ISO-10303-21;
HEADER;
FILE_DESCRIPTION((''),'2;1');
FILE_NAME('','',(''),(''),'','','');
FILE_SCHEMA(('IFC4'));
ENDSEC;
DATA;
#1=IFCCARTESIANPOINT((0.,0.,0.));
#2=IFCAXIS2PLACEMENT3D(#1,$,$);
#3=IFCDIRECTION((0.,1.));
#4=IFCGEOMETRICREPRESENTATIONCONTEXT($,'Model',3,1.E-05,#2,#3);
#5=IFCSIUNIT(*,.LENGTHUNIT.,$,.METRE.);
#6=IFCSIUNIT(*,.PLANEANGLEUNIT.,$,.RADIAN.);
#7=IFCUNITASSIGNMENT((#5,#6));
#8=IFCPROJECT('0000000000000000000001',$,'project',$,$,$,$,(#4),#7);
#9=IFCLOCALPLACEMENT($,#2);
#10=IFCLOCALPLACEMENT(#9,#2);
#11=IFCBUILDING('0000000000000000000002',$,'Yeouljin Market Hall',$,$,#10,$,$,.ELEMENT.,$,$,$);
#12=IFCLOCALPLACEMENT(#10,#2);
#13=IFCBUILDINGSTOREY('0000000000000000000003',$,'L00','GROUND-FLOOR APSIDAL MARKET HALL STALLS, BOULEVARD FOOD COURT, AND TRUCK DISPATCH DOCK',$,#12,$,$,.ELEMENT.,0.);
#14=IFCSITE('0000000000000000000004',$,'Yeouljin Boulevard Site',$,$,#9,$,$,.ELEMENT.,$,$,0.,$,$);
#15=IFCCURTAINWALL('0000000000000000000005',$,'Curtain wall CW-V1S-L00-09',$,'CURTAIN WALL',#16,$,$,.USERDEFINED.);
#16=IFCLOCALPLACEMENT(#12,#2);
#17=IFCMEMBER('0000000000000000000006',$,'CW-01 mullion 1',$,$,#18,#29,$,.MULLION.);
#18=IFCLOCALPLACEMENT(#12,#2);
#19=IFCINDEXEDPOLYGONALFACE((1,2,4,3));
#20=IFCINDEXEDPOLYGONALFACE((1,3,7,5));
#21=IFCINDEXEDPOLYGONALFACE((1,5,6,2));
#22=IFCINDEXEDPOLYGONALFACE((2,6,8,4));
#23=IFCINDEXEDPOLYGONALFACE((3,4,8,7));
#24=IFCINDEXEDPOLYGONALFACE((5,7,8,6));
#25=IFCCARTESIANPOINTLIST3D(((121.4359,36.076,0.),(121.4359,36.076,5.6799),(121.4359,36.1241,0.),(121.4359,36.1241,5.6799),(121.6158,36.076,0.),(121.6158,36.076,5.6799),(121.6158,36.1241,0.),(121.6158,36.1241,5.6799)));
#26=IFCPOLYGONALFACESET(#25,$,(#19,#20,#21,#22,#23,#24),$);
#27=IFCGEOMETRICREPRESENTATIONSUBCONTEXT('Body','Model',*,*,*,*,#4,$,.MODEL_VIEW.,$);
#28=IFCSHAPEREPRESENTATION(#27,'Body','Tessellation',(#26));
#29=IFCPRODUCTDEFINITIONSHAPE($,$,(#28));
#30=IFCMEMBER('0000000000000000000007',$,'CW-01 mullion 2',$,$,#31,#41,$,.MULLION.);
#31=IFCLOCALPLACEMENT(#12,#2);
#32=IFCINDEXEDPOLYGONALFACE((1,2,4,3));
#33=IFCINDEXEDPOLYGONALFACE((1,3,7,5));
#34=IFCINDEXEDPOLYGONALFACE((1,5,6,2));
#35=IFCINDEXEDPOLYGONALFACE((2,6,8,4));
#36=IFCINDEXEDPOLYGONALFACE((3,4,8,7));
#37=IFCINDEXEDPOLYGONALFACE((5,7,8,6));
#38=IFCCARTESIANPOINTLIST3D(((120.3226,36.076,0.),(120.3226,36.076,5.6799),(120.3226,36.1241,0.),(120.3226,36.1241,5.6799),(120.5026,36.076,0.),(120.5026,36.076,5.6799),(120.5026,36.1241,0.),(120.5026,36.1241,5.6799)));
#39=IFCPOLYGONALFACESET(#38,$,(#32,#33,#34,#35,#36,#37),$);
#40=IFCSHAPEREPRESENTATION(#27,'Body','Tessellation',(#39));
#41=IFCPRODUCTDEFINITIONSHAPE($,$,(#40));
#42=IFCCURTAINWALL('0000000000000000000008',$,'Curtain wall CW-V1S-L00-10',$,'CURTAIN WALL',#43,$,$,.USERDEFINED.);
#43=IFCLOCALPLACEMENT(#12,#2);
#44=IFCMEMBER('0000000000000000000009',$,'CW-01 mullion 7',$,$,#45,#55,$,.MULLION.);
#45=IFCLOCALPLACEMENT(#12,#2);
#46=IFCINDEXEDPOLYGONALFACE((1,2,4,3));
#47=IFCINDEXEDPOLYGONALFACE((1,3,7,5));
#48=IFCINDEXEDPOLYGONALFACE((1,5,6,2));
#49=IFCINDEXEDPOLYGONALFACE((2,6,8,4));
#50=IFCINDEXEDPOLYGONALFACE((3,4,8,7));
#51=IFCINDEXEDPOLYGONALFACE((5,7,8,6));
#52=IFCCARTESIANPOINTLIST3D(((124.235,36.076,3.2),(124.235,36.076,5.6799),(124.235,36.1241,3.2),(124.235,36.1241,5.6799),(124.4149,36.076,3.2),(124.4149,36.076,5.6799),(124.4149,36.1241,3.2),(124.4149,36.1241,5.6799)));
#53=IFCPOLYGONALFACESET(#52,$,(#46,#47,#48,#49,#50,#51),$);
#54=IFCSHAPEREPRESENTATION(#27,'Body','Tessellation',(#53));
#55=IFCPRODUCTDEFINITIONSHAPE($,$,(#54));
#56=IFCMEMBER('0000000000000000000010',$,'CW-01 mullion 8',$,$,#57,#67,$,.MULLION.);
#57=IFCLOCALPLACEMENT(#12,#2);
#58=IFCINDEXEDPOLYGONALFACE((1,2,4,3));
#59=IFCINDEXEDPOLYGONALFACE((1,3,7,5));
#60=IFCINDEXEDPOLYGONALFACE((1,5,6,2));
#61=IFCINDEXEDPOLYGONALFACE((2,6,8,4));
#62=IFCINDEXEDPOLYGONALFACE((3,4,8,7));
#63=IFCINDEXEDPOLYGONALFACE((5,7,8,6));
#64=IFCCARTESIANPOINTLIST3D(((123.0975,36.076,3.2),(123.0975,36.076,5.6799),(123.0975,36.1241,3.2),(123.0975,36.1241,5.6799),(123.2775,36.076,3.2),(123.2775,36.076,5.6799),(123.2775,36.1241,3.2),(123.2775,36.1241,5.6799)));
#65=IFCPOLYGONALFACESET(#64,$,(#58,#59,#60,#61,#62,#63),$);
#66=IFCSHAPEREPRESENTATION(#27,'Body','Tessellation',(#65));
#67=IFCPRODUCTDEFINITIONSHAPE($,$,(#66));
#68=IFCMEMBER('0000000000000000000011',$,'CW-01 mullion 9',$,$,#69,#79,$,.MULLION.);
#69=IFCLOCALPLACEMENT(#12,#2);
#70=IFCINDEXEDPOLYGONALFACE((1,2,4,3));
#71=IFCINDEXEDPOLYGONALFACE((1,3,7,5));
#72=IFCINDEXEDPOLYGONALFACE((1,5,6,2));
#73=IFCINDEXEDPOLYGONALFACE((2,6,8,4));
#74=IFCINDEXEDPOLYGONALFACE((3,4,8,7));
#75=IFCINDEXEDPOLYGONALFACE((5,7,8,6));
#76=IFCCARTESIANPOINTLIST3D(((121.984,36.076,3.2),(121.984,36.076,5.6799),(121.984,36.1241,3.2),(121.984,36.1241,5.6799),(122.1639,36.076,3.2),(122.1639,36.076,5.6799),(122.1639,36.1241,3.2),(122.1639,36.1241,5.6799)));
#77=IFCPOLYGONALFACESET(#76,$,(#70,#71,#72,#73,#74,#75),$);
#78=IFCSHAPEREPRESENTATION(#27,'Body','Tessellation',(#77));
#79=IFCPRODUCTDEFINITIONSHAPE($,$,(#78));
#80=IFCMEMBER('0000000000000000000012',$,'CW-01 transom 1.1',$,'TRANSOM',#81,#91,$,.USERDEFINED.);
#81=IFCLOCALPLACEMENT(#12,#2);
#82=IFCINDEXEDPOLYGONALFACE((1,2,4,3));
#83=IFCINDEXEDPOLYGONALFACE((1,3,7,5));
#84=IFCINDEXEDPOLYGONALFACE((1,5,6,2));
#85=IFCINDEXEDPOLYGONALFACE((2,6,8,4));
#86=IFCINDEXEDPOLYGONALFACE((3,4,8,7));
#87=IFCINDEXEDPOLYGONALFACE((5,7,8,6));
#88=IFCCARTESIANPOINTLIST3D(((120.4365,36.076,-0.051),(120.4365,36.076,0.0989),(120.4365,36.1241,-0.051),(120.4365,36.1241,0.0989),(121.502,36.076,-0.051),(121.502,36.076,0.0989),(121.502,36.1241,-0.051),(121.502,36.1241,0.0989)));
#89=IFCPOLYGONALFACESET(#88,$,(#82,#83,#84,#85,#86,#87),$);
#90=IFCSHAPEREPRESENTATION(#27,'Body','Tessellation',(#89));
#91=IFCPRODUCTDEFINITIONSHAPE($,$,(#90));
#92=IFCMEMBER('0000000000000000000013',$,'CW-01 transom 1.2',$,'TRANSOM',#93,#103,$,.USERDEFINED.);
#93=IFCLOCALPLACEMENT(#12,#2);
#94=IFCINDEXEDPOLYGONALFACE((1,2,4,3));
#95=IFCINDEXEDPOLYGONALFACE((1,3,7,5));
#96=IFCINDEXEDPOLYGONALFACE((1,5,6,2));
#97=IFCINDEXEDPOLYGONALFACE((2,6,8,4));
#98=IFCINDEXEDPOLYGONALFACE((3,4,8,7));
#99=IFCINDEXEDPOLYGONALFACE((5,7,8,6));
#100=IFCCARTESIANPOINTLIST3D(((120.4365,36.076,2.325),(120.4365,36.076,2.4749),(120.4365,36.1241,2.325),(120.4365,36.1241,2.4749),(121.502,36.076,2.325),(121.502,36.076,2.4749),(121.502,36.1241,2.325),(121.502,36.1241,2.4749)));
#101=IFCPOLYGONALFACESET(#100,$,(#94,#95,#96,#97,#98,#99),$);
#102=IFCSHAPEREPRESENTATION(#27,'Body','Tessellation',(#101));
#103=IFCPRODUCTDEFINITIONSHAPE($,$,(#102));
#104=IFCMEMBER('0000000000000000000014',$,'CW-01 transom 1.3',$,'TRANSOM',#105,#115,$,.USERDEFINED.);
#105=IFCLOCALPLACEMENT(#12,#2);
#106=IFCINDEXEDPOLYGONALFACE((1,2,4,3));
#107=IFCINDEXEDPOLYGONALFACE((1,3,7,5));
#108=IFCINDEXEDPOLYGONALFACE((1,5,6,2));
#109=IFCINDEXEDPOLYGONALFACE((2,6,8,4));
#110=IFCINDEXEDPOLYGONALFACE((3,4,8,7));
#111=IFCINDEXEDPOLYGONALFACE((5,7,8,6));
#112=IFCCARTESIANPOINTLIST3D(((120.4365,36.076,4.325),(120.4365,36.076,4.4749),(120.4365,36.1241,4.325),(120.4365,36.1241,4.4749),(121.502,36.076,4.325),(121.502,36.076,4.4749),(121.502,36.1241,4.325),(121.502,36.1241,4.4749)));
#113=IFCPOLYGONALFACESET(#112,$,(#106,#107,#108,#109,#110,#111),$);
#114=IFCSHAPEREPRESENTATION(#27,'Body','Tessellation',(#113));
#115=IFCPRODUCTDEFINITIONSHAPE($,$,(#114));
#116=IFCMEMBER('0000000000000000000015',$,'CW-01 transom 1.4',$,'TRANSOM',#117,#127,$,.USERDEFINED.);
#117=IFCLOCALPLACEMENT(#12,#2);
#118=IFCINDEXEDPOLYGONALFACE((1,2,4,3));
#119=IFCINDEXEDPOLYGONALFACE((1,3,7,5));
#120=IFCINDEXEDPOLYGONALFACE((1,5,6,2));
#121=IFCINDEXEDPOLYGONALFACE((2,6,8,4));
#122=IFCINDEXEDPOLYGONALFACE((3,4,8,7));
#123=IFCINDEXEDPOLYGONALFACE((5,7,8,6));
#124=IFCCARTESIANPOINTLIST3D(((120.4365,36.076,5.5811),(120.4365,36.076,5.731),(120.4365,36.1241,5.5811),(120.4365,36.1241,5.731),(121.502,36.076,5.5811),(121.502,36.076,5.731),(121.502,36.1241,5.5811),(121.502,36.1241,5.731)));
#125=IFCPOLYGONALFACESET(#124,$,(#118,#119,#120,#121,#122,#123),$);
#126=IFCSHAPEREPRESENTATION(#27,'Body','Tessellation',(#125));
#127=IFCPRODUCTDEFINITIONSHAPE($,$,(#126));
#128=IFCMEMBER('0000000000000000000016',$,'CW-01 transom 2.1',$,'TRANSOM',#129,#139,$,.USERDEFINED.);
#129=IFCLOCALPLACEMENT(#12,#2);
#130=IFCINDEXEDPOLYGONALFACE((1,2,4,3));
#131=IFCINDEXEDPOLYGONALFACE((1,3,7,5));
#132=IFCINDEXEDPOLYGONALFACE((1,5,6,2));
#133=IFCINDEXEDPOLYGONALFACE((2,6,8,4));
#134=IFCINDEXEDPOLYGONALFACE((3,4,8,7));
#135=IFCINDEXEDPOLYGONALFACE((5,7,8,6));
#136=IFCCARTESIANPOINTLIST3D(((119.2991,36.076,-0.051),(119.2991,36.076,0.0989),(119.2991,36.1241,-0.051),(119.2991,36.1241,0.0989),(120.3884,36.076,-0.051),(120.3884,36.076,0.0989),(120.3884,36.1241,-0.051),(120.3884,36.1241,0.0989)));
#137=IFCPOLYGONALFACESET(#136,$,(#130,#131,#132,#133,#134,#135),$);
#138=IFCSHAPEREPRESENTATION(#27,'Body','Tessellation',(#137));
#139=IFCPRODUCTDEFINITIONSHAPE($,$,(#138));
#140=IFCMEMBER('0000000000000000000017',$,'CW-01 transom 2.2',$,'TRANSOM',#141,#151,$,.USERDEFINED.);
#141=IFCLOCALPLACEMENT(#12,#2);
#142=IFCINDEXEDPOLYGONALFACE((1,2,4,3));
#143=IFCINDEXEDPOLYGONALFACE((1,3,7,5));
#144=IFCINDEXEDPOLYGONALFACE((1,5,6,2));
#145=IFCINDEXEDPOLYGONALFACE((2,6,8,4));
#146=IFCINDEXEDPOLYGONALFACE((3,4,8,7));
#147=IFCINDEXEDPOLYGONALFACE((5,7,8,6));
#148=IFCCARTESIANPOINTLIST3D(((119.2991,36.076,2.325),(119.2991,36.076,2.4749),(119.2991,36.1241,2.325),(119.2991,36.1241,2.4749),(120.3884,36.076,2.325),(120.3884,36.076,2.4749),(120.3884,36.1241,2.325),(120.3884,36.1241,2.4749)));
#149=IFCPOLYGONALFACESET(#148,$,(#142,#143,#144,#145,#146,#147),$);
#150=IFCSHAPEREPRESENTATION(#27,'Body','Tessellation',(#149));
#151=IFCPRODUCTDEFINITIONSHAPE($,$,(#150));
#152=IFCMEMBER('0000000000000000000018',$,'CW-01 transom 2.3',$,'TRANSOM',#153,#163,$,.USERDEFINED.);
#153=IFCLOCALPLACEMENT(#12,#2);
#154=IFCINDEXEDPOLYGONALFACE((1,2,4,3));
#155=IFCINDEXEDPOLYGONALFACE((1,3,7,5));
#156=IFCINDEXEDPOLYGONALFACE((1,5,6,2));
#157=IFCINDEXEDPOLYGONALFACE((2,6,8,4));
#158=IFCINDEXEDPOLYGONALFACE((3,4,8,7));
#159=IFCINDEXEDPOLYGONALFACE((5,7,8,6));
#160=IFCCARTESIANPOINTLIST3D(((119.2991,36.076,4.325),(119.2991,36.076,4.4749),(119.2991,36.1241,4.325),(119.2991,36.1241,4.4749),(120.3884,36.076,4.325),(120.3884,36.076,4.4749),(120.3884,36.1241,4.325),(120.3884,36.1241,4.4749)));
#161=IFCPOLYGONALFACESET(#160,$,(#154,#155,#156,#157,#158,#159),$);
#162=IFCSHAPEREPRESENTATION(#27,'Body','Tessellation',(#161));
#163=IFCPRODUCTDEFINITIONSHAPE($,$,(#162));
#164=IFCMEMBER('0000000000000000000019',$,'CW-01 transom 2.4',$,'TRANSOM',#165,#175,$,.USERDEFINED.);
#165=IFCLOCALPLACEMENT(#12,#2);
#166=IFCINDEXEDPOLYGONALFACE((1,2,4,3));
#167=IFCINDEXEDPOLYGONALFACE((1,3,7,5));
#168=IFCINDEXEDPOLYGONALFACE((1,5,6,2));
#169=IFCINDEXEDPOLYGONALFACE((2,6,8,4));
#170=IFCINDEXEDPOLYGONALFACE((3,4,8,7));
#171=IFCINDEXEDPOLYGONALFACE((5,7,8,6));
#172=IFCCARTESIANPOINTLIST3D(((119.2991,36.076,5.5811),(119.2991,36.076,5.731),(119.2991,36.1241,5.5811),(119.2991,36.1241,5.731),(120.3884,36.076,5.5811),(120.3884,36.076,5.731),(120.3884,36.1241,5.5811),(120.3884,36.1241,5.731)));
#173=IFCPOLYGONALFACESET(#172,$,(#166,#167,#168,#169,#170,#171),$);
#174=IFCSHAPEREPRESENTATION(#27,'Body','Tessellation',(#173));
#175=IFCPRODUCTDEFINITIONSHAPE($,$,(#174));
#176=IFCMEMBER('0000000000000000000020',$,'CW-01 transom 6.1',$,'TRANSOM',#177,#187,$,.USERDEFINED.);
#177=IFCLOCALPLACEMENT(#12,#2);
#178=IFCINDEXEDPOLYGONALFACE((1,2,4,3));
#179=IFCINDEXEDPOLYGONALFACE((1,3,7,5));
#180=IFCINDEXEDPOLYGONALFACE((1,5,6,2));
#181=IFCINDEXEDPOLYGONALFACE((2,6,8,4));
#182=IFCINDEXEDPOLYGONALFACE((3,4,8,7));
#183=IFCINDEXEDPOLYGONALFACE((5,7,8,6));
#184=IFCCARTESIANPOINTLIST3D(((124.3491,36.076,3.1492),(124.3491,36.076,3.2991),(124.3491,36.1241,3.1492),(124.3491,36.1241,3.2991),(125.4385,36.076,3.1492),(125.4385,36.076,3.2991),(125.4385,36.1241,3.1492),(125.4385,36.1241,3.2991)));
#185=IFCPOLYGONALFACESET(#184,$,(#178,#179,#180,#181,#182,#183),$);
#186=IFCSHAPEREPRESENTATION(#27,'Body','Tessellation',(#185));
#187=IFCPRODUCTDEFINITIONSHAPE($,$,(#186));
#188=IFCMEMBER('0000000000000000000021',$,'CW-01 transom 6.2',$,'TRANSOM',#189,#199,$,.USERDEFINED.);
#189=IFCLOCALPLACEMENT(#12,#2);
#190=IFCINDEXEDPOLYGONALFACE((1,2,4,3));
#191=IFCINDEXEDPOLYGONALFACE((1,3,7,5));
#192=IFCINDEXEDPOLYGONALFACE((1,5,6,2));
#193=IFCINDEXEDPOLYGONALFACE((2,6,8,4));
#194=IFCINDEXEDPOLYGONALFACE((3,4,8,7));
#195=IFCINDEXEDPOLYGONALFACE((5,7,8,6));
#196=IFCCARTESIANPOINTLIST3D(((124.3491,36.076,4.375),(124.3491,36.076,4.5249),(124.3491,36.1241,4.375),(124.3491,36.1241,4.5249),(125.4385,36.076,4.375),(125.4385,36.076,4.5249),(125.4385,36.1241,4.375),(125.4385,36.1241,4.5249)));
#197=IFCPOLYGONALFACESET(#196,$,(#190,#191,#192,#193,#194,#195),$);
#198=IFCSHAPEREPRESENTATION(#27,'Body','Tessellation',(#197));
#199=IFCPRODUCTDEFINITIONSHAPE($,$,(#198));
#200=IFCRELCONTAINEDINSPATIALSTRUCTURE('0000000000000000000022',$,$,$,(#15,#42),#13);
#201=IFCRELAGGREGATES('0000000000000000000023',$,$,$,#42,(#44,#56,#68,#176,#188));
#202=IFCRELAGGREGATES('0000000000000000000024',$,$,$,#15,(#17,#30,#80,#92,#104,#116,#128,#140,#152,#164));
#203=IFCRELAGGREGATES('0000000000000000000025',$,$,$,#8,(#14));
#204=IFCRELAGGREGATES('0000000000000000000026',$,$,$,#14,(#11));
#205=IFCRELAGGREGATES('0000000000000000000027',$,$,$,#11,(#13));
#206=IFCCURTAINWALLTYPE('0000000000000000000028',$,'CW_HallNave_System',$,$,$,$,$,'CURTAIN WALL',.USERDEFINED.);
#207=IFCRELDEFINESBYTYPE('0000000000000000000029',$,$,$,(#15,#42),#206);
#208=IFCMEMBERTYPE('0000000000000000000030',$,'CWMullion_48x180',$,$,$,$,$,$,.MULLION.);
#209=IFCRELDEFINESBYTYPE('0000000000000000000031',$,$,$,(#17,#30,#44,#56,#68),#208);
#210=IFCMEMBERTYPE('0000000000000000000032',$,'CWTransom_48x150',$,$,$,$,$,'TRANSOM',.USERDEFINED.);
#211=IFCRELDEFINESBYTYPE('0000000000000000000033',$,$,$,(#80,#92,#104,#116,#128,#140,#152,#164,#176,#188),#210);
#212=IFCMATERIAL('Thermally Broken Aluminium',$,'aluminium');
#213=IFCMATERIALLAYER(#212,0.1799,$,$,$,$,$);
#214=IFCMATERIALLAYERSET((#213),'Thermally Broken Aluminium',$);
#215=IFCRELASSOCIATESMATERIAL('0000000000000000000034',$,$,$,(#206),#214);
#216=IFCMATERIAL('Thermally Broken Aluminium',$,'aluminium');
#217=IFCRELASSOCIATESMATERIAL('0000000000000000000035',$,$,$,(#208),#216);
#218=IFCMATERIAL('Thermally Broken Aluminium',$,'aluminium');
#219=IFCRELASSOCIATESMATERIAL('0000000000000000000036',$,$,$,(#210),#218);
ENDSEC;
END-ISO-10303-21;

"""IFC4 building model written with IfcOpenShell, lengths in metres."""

from ifc_helpers import new_model, si_unit, direction, frame, origin, origin_2d, place, context, subcontext, project, spatial, rectangle, extrude, material, layer, layer_set, material_profile, profile_set, type_object, element, aggregate, save


model = new_model("IFC4")

# Units and contexts
model_context = context("Model", 3, precision=1e-05, world=origin(), true_north=direction((0.0, 1.0)))
body_context = subcontext(model_context, "Body", "Model", "MODEL_VIEW")
ifc_project = project(units=[si_unit("LENGTHUNIT", "METRE"), si_unit("PLANEANGLEUNIT", "RADIAN")], contexts=[model_context])

# Site, building, storey
site_placement = place(None, origin())
site = spatial("IfcSite", under=ifc_project, at=site_placement, Name="Yeouljin Boulevard Site", CompositionType="ELEMENT", RefElevation=0.0)
building_placement = place(site_placement, origin())
building = spatial("IfcBuilding", under=site, at=building_placement, Name="Yeouljin Market Hall", CompositionType="ELEMENT")
storey_placement = place(building_placement, origin())
storey = spatial("IfcBuildingStorey", under=building, at=storey_placement, Name="L00", Description="GROUND-FLOOR APSIDAL MARKET HALL STALLS, BOULEVARD FOOD COURT, AND TRUCK DISPATCH DOCK", CompositionType="ELEMENT", Elevation=0.0)

# Curtain walls, members
ifc_material_1 = material(Name="Thermally Broken Aluminium", Category="aluminium")
ifc_layer_1 = layer(ifc_material_1, 0.1799)
ifc_layer_set_1 = layer_set([ifc_layer_1], Name="Thermally Broken Aluminium")
curtain_wall_type = type_object("IfcCurtainWallType", Name="CW_HallNave_System", ElementType="CURTAIN WALL", PredefinedType="USERDEFINED", material=ifc_layer_set_1)
curtain_wall_1_placement = place(storey_placement, origin())
curtain_wall_1 = element("IfcCurtainWall", 1, at=curtain_wall_1_placement, inside=storey, type_object=curtain_wall_type, Name="Curtain wall CW-V1S-L00-09", ObjectType="CURTAIN WALL", PredefinedType="USERDEFINED")
ifc_material_2 = material(Name="Thermally Broken Aluminium", Category="aluminium")
ifc_material_profile_1 = material_profile(ifc_material_2, rectangle(XDim=0.0481, YDim=0.1799, at=origin_2d()), Name="CW-MULL-48x180")
ifc_profile_set_1 = profile_set([ifc_material_profile_1], Name="Thermally Broken Aluminium")
member_type_1 = type_object("IfcMemberType", Name="CWMullion_48x180", PredefinedType="MULLION", material=ifc_profile_set_1)
member_1_placement = place(storey_placement, frame((121.5259, 36.1001, 0.0), z_axis=(0.0, 0.0, 1.0), x_axis=(0.0, -1.0, 0.0)))
member_1 = element("IfcMember", 2, at=member_1_placement, type_object=member_type_1, Name="CW-01 mullion 1", PredefinedType="MULLION", context=body_context, shape_type="SweptSolid", body=[
    extrude(rectangle(XDim=0.0481, YDim=0.1799, at=origin_2d()), origin(), (0.0, 0.0, 1.0), 5.6799),
])
member_2_placement = place(storey_placement, frame((120.4126, 36.1001, 0.0), z_axis=(0.0, 0.0, 1.0), x_axis=(0.0, -1.0, 0.0)))
member_2 = element("IfcMember", 3, at=member_2_placement, type_object=member_type_1, Name="CW-01 mullion 2", PredefinedType="MULLION", context=body_context, shape_type="SweptSolid", body=[
    extrude(rectangle(XDim=0.0481, YDim=0.1799, at=origin_2d()), origin(), (0.0, 0.0, 1.0), 5.6799),
])
curtain_wall_2_placement = place(storey_placement, origin())
curtain_wall_2 = element("IfcCurtainWall", 4, at=curtain_wall_2_placement, inside=storey, type_object=curtain_wall_type, Name="Curtain wall CW-V1S-L00-10", ObjectType="CURTAIN WALL", PredefinedType="USERDEFINED")
member_3_placement = place(storey_placement, frame((124.325, 36.1001, 3.2), z_axis=(0.0, 0.0, 1.0), x_axis=(0.0, -1.0, 0.0)))
member_3 = element("IfcMember", 5, at=member_3_placement, type_object=member_type_1, Name="CW-01 mullion 7", PredefinedType="MULLION", context=body_context, shape_type="SweptSolid", body=[
    extrude(rectangle(XDim=0.0481, YDim=0.1799, at=origin_2d()), origin(), (0.0, 0.0, 1.0), 2.48),
])
member_4_placement = place(storey_placement, frame((123.1875, 36.1001, 3.2), z_axis=(0.0, 0.0, 1.0), x_axis=(0.0, -1.0, 0.0)))
member_4 = element("IfcMember", 6, at=member_4_placement, type_object=member_type_1, Name="CW-01 mullion 8", PredefinedType="MULLION", context=body_context, shape_type="SweptSolid", body=[
    extrude(rectangle(XDim=0.0481, YDim=0.1799, at=origin_2d()), origin(), (0.0, 0.0, 1.0), 2.48),
])
member_5_placement = place(storey_placement, frame((122.074, 36.1001, 3.2), z_axis=(0.0, 0.0, 1.0), x_axis=(0.0, -1.0, 0.0)))
member_5 = element("IfcMember", 7, at=member_5_placement, type_object=member_type_1, Name="CW-01 mullion 9", PredefinedType="MULLION", context=body_context, shape_type="SweptSolid", body=[
    extrude(rectangle(XDim=0.0481, YDim=0.1799, at=origin_2d()), origin(), (0.0, 0.0, 1.0), 2.48),
])

# Members
ifc_material_3 = material(Name="Thermally Broken Aluminium", Category="aluminium")
ifc_material_profile_2 = material_profile(ifc_material_3, rectangle(XDim=0.0481, YDim=0.1499, at=origin_2d()), Name="CW-TRAN-48x150")
ifc_profile_set_2 = profile_set([ifc_material_profile_2], Name="Thermally Broken Aluminium")
member_type_2 = type_object("IfcMemberType", Name="CWTransom_48x150", ElementType="TRANSOM", PredefinedType="USERDEFINED", material=ifc_profile_set_2)
member_6_placement = place(storey_placement, frame((121.502, 36.1001, 0.0239), z_axis=(-1.0, 0.0, 0.0), x_axis=(0.0, -1.0, 0.0)))
member_6 = element("IfcMember", 8, at=member_6_placement, type_object=member_type_2, Name="CW-01 transom 1.1", ObjectType="TRANSOM", PredefinedType="USERDEFINED", context=body_context, shape_type="SweptSolid", body=[
    extrude(rectangle(XDim=0.0481, YDim=0.1499, at=origin_2d()), origin(), (0.0, 0.0, 1.0), 1.0654),
])
member_7_placement = place(storey_placement, frame((121.502, 36.1001, 2.3999), z_axis=(-1.0, 0.0, 0.0), x_axis=(0.0, -1.0, 0.0)))
member_7 = element("IfcMember", 9, at=member_7_placement, type_object=member_type_2, Name="CW-01 transom 1.2", ObjectType="TRANSOM", PredefinedType="USERDEFINED", context=body_context, shape_type="SweptSolid", body=[
    extrude(rectangle(XDim=0.0481, YDim=0.1499, at=origin_2d()), origin(), (0.0, 0.0, 1.0), 1.0654),
])
member_8_placement = place(storey_placement, frame((121.502, 36.1001, 4.3999), z_axis=(-1.0, 0.0, 0.0), x_axis=(0.0, -1.0, 0.0)))
member_8 = element("IfcMember", 10, at=member_8_placement, type_object=member_type_2, Name="CW-01 transom 1.3", ObjectType="TRANSOM", PredefinedType="USERDEFINED", context=body_context, shape_type="SweptSolid", body=[
    extrude(rectangle(XDim=0.0481, YDim=0.1499, at=origin_2d()), origin(), (0.0, 0.0, 1.0), 1.0654),
])
member_9_placement = place(storey_placement, frame((121.502, 36.1001, 5.656), z_axis=(-1.0, 0.0, 0.0), x_axis=(0.0, -1.0, 0.0)))
member_9 = element("IfcMember", 11, at=member_9_placement, type_object=member_type_2, Name="CW-01 transom 1.4", ObjectType="TRANSOM", PredefinedType="USERDEFINED", context=body_context, shape_type="SweptSolid", body=[
    extrude(rectangle(XDim=0.0481, YDim=0.1499, at=origin_2d()), origin(), (0.0, 0.0, 1.0), 1.0654),
])
member_10_placement = place(storey_placement, frame((120.3884, 36.1001, 0.0239), z_axis=(-1.0, 0.0, 0.0), x_axis=(0.0, -1.0, 0.0)))
member_10 = element("IfcMember", 12, at=member_10_placement, type_object=member_type_2, Name="CW-01 transom 2.1", ObjectType="TRANSOM", PredefinedType="USERDEFINED", context=body_context, shape_type="SweptSolid", body=[
    extrude(rectangle(XDim=0.0481, YDim=0.1499, at=origin_2d()), origin(), (0.0, 0.0, 1.0), 1.0894),
])
member_11_placement = place(storey_placement, frame((120.3884, 36.1001, 2.3999), z_axis=(-1.0, 0.0, 0.0), x_axis=(0.0, -1.0, 0.0)))
member_11 = element("IfcMember", 13, at=member_11_placement, type_object=member_type_2, Name="CW-01 transom 2.2", ObjectType="TRANSOM", PredefinedType="USERDEFINED", context=body_context, shape_type="SweptSolid", body=[
    extrude(rectangle(XDim=0.0481, YDim=0.1499, at=origin_2d()), origin(), (0.0, 0.0, 1.0), 1.0894),
])
member_12_placement = place(storey_placement, frame((120.3884, 36.1001, 4.3999), z_axis=(-1.0, 0.0, 0.0), x_axis=(0.0, -1.0, 0.0)))
member_12 = element("IfcMember", 14, at=member_12_placement, type_object=member_type_2, Name="CW-01 transom 2.3", ObjectType="TRANSOM", PredefinedType="USERDEFINED", context=body_context, shape_type="SweptSolid", body=[
    extrude(rectangle(XDim=0.0481, YDim=0.1499, at=origin_2d()), origin(), (0.0, 0.0, 1.0), 1.0894),
])
member_13_placement = place(storey_placement, frame((120.3884, 36.1001, 5.656), z_axis=(-1.0, 0.0, 0.0), x_axis=(0.0, -1.0, 0.0)))
member_13 = element("IfcMember", 15, at=member_13_placement, type_object=member_type_2, Name="CW-01 transom 2.4", ObjectType="TRANSOM", PredefinedType="USERDEFINED", context=body_context, shape_type="SweptSolid", body=[
    extrude(rectangle(XDim=0.0481, YDim=0.1499, at=origin_2d()), origin(), (0.0, 0.0, 1.0), 1.0894),
])
member_14_placement = place(storey_placement, frame((125.4385, 36.1001, 3.2241), z_axis=(-1.0, 0.0, 0.0), x_axis=(0.0, -1.0, 0.0)))
member_14 = element("IfcMember", 16, at=member_14_placement, type_object=member_type_2, Name="CW-01 transom 6.1", ObjectType="TRANSOM", PredefinedType="USERDEFINED", context=body_context, shape_type="SweptSolid", body=[
    extrude(rectangle(XDim=0.0481, YDim=0.1499, at=origin_2d()), origin(), (0.0, 0.0, 1.0), 1.0894),
])
member_15_placement = place(storey_placement, frame((125.4385, 36.1001, 4.45), z_axis=(-1.0, 0.0, 0.0), x_axis=(0.0, -1.0, 0.0)))
member_15 = element("IfcMember", 17, at=member_15_placement, type_object=member_type_2, Name="CW-01 transom 6.2", ObjectType="TRANSOM", PredefinedType="USERDEFINED", context=body_context, shape_type="SweptSolid", body=[
    extrude(rectangle(XDim=0.0481, YDim=0.1499, at=origin_2d()), origin(), (0.0, 0.0, 1.0), 1.0894),
])

aggregate(curtain_wall_2, [member_3, member_4, member_5, member_14, member_15])
aggregate(curtain_wall_1, [member_1, member_2, member_6, member_7, member_8, member_9, member_10, member_11, member_12, member_13])

save(model, "model.ifc")
